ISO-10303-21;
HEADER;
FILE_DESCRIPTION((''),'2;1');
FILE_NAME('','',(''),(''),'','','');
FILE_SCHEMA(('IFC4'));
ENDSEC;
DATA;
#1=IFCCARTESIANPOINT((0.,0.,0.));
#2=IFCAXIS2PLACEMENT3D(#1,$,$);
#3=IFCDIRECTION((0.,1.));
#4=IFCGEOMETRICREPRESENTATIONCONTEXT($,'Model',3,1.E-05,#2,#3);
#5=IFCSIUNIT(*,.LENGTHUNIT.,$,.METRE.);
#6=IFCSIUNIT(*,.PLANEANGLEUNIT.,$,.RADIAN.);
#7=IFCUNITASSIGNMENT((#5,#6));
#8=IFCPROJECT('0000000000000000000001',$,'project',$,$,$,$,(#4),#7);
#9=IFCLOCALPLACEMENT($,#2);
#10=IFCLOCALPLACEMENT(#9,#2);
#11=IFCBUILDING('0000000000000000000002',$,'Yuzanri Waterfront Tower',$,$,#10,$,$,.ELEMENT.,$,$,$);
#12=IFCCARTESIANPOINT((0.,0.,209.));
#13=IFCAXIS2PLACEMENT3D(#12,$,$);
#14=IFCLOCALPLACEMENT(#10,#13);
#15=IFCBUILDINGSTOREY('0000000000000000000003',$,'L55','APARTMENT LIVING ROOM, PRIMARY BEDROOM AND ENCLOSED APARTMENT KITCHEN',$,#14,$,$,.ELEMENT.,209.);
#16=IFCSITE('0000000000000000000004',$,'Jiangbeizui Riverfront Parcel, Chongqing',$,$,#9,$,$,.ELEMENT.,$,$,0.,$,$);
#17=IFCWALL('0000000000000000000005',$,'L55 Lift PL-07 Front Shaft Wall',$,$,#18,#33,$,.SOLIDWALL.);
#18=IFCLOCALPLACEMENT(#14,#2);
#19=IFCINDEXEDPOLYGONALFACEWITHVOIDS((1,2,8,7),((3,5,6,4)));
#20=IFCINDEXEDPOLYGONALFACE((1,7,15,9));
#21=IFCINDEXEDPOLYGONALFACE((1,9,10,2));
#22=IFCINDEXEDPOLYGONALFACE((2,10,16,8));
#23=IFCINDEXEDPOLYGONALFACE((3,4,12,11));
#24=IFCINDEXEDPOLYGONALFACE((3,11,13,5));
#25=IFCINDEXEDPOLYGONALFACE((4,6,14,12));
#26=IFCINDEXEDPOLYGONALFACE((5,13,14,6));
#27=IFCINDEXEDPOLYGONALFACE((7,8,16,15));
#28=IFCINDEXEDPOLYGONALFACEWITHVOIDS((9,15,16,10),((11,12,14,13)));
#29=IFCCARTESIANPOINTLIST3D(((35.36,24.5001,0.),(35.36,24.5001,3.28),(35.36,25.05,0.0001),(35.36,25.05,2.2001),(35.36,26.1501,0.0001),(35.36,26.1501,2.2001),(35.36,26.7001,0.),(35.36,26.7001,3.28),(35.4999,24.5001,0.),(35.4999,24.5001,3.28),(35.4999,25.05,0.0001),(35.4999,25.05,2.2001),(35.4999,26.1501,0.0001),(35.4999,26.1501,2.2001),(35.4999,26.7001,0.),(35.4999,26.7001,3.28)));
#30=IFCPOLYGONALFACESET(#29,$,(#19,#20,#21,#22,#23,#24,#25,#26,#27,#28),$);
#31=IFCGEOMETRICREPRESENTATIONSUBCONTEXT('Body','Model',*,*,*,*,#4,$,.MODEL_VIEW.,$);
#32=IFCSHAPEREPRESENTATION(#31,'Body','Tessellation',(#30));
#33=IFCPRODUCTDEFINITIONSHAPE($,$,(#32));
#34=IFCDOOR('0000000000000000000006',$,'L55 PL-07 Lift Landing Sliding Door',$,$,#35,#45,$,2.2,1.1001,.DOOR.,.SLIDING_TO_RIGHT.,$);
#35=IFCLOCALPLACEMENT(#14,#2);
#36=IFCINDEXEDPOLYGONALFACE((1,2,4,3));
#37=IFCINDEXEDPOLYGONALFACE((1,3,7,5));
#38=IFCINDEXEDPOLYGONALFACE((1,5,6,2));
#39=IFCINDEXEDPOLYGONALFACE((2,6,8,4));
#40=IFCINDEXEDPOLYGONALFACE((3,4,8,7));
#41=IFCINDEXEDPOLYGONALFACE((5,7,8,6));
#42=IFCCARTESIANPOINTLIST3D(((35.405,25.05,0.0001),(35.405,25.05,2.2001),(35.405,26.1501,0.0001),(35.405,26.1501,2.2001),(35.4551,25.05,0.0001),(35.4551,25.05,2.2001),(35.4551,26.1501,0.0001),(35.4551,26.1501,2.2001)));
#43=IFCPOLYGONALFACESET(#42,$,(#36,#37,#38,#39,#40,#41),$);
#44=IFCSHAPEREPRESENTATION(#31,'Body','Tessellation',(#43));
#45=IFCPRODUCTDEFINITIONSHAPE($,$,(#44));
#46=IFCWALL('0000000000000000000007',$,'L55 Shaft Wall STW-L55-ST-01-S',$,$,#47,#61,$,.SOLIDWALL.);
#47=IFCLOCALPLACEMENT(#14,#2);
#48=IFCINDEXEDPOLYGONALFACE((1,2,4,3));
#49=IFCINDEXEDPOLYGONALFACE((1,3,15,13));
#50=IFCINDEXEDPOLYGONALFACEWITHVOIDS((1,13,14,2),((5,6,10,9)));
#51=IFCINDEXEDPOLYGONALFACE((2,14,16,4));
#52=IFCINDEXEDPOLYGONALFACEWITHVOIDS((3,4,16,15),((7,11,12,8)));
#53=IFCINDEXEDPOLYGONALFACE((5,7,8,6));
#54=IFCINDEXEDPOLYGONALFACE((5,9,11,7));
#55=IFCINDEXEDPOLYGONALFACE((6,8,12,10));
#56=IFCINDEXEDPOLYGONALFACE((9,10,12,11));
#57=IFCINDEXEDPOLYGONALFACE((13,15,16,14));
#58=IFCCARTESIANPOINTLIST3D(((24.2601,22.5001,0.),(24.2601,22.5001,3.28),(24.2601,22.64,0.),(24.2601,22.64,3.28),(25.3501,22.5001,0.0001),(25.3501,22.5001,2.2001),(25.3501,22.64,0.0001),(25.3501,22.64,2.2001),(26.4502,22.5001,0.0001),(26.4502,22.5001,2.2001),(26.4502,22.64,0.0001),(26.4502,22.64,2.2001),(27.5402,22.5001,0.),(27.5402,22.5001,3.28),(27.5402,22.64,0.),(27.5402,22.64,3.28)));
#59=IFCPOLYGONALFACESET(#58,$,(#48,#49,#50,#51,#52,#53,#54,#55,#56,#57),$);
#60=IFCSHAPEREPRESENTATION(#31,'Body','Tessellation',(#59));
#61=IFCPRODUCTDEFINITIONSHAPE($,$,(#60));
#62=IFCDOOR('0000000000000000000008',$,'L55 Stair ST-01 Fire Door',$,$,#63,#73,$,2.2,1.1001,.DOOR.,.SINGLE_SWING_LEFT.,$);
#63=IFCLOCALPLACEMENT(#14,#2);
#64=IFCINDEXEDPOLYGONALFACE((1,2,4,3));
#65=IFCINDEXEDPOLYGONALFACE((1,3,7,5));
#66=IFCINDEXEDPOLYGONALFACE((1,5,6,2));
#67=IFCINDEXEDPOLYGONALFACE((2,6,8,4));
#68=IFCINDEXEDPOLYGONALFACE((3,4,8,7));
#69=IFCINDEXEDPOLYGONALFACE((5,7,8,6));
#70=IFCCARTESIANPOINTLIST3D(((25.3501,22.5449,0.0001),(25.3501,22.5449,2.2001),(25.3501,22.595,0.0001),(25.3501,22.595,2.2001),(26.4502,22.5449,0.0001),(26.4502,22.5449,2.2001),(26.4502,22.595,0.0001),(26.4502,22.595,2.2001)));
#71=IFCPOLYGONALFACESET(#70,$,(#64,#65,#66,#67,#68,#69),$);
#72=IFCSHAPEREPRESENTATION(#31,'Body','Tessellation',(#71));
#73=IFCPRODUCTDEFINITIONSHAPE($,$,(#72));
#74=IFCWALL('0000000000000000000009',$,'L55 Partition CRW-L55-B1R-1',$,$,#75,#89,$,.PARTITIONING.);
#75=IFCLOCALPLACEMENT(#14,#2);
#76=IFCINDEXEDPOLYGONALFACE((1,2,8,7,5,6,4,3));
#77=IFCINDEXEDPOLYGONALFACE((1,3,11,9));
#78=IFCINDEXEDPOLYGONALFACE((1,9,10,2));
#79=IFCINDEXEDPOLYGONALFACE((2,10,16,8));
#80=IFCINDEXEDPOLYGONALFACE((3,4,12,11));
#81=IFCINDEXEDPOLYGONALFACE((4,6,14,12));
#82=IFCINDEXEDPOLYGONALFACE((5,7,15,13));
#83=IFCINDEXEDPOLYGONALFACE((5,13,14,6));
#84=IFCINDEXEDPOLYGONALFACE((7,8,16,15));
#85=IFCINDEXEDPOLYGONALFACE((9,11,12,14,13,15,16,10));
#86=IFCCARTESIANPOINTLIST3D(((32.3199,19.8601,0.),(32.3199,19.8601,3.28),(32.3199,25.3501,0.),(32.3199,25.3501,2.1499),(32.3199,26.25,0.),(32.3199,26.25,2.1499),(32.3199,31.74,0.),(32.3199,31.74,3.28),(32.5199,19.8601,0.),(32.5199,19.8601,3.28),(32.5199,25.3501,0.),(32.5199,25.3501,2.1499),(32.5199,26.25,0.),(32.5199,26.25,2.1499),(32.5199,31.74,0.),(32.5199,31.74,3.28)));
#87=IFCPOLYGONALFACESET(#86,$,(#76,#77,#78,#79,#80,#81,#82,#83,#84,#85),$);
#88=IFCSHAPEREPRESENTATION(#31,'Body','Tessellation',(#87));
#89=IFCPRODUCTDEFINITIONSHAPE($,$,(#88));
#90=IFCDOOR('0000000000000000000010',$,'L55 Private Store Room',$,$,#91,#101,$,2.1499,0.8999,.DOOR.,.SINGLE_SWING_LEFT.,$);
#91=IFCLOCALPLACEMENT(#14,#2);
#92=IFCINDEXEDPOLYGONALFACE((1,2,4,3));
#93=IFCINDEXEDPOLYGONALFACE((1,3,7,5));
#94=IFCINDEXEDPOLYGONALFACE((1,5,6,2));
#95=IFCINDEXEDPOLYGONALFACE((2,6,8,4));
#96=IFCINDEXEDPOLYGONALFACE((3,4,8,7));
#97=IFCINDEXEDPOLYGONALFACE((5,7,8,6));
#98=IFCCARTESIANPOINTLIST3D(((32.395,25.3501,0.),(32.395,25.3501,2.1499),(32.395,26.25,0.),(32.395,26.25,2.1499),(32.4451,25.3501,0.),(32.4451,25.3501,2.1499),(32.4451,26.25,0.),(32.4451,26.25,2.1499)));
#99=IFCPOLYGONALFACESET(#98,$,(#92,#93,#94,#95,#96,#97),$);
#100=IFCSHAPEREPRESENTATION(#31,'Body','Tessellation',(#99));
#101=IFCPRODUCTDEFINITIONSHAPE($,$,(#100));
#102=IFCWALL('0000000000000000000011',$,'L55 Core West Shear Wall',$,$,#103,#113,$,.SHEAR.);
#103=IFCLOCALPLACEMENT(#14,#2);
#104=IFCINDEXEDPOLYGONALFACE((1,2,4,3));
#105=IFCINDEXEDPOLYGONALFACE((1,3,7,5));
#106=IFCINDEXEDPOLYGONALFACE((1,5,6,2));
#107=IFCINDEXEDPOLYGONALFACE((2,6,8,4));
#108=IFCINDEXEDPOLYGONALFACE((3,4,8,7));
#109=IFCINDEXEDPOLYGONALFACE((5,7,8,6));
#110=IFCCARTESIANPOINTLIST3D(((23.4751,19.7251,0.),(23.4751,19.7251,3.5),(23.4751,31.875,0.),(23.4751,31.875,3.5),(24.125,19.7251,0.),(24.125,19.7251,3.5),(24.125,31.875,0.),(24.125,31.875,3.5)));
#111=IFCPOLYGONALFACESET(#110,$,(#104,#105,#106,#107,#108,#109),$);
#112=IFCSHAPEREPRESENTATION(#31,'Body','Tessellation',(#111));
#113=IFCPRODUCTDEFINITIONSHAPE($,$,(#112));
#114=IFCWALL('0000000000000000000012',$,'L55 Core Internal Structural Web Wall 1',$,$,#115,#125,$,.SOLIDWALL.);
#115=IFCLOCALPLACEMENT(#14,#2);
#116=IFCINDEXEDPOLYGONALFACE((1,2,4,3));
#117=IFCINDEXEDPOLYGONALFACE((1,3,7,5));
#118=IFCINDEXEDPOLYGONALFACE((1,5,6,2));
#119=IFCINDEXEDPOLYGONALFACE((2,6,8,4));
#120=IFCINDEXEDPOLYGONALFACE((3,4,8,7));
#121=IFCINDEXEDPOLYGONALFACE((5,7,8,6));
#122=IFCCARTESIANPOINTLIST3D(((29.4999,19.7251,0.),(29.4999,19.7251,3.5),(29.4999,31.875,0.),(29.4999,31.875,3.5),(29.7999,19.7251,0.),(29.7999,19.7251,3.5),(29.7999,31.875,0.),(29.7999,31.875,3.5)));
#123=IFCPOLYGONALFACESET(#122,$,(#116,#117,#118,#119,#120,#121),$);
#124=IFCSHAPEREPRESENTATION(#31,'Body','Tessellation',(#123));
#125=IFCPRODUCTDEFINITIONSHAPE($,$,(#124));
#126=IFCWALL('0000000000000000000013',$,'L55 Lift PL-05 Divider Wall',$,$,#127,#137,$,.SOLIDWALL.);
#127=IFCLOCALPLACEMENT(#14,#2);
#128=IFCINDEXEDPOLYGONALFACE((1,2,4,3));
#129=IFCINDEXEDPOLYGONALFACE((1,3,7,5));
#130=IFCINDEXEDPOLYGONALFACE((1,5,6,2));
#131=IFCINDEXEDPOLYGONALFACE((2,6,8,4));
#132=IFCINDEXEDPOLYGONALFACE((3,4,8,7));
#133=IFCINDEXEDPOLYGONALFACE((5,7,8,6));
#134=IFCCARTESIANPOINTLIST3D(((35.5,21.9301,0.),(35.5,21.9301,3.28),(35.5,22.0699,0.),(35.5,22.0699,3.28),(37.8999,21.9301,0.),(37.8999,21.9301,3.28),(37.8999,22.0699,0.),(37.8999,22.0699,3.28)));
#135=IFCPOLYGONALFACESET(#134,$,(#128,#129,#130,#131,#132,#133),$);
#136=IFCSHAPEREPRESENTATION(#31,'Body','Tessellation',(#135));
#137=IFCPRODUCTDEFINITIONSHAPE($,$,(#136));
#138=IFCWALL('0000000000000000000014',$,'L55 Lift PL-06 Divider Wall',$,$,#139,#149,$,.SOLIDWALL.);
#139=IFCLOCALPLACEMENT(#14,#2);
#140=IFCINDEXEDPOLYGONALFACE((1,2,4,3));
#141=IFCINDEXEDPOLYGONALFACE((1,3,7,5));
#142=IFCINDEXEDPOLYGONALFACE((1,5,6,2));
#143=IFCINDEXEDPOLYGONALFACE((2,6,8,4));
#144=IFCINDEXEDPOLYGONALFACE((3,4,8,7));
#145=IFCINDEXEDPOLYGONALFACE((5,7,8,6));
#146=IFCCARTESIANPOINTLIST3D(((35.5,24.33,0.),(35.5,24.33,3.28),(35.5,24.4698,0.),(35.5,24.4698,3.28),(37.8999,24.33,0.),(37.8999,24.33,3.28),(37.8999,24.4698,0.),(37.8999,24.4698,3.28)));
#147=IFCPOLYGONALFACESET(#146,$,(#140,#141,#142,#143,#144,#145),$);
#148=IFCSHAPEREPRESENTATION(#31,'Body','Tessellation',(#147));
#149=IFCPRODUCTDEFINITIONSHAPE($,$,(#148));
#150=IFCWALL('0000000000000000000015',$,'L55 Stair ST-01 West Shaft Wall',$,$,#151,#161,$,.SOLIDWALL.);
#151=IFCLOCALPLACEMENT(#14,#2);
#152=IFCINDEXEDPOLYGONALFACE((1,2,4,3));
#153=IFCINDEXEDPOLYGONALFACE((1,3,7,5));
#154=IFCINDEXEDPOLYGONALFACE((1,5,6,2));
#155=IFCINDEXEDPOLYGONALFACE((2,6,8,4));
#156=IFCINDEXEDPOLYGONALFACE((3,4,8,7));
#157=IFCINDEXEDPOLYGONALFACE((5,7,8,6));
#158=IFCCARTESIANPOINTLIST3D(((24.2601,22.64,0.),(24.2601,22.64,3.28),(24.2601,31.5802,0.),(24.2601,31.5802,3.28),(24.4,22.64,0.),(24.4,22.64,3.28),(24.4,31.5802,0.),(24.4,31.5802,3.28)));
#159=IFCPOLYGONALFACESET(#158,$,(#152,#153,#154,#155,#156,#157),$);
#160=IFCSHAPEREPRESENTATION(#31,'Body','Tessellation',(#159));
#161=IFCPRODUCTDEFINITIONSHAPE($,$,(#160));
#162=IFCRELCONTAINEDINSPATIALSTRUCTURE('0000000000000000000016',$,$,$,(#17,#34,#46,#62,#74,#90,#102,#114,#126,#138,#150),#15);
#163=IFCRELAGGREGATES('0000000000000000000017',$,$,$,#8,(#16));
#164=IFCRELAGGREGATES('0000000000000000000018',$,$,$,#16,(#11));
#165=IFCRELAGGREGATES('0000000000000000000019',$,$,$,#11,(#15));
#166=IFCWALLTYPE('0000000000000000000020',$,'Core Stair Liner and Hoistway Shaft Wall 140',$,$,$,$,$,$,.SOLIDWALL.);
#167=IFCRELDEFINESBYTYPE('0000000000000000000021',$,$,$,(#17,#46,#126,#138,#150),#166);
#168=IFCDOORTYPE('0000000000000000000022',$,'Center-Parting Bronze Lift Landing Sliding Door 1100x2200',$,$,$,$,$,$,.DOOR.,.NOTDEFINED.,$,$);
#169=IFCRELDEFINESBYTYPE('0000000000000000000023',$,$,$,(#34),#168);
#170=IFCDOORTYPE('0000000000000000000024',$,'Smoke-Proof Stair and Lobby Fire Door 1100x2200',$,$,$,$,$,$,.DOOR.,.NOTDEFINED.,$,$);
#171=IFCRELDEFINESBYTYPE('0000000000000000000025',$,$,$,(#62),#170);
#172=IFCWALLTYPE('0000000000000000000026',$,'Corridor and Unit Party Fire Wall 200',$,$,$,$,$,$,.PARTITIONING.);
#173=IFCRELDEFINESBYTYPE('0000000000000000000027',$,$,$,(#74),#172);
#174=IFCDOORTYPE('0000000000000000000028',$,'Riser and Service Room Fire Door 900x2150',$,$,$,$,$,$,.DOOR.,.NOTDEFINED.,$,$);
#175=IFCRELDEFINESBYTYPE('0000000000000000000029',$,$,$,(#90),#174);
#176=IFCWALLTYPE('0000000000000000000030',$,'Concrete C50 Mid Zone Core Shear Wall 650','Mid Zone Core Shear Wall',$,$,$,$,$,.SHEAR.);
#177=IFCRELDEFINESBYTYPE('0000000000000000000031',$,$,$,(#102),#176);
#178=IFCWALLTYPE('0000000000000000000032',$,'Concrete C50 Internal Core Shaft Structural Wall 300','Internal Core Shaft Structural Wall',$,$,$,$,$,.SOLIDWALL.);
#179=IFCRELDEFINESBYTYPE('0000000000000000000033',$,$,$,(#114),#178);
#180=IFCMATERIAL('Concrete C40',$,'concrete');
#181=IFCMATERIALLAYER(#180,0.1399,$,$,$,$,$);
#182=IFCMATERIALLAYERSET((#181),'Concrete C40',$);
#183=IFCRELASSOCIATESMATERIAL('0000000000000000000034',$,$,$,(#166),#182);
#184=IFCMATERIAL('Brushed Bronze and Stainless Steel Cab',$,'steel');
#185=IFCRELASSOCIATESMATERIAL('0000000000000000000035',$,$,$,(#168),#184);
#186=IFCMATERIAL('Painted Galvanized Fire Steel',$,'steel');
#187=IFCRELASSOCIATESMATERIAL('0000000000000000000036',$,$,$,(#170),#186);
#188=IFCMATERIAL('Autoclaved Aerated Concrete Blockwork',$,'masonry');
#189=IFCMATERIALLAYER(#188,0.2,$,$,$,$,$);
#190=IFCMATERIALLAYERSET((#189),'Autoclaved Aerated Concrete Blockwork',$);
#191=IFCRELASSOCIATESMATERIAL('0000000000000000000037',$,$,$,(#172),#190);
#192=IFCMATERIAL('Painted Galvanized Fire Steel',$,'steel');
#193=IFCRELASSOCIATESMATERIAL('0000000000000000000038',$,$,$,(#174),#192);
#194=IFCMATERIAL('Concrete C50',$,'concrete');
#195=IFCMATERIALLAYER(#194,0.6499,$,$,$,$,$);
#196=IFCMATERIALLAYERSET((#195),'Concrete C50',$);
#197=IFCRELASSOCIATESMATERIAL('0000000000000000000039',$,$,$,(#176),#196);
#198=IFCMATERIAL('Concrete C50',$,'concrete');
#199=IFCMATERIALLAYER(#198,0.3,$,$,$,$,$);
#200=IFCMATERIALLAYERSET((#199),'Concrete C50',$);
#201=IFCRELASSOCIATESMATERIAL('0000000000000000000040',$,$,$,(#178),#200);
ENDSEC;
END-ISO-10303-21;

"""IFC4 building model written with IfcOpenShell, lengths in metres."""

from ifc_helpers import new_model, si_unit, direction, frame, frame_2d, origin, place, context, subcontext, project, spatial, rectangle, extrude, source, transform, mapped, material, layer, layer_set, type_object, element, fill, save


model = new_model("IFC4")

# Units and contexts
model_context = context("Model", 3, precision=1e-05, world=origin(), true_north=direction((0.0, 1.0)))
body_context = subcontext(model_context, "Body", "Model", "MODEL_VIEW")
ifc_project = project(units=[si_unit("LENGTHUNIT", "METRE"), si_unit("PLANEANGLEUNIT", "RADIAN")], contexts=[model_context])

# Site, building, storey
site_placement = place(None, origin())
site = spatial("IfcSite", under=ifc_project, at=site_placement, Name="Jiangbeizui Riverfront Parcel, Chongqing", CompositionType="ELEMENT", RefElevation=0.0)
building_placement = place(site_placement, origin())
building = spatial("IfcBuilding", under=site, at=building_placement, Name="Yuzanri Waterfront Tower", CompositionType="ELEMENT")
storey_placement = place(building_placement, frame((0.0, 0.0, 209.0)))
storey = spatial("IfcBuildingStorey", under=building, at=storey_placement, Name="L55", Description="APARTMENT LIVING ROOM, PRIMARY BEDROOM AND ENCLOSED APARTMENT KITCHEN", CompositionType="ELEMENT", Elevation=209.0)

# Walls, openings, doors
ifc_material_1 = material(Name="Concrete C40", Category="concrete")
ifc_layer_1 = layer(ifc_material_1, 0.1399)
ifc_layer_set_1 = layer_set([ifc_layer_1], Name="Concrete C40")
wall_type_1 = type_object("IfcWallType", Name="Core Stair Liner and Hoistway Shaft Wall 140", PredefinedType="SOLIDWALL", material=ifc_layer_set_1)
ifc_material_2 = material(Name="Brushed Bronze and Stainless Steel Cab", Category="steel")
door_type_1 = type_object("IfcDoorType", Name="Center-Parting Bronze Lift Landing Sliding Door 1100x2200", OperationType="NOTDEFINED", PredefinedType="DOOR", material=ifc_material_2)
shared_shape_1 = source(origin(), body_context, "Body", "SweptSolid", [
    extrude(rectangle(XDim=1.1001, YDim=2.2, at=frame_2d((0.55, 1.1001))), frame((0.0, 0.0249, 0.0), z_axis=(0.0, -1.0, 0.0), x_axis=(1.0, 0.0, 0.0)), (0.0, 0.0, 1.0), 0.05),
])
wall_1_placement = place(storey_placement, frame((35.4299, 24.5, 0.0), z_axis=(0.0, 0.0, 1.0), x_axis=(0.0, 1.0, 0.0)))
wall_1 = element("IfcWall", 1, at=wall_1_placement, inside=storey, type_object=wall_type_1, Name="L55 Lift PL-07 Front Shaft Wall", PredefinedType="SOLIDWALL", context=body_context, shape_type="SweptSolid", body=[
    extrude(rectangle(XDim=2.2, YDim=0.1399, at=frame_2d((1.1001, 0.0))), origin(), (0.0, 0.0, 1.0), 3.28),
])
opening_1_placement = place(wall_1_placement, frame((0.55, 0.0, 0.0)))
opening_1 = element("IfcOpeningElement", 2, at=opening_1_placement, cuts=wall_1, PredefinedType="OPENING", context=body_context, shape_type="SweptSolid", body=[
    extrude(rectangle(XDim=1.1001, YDim=2.2, at=frame_2d((0.55, 1.1001))), frame((0.0, 0.085, 0.0), z_axis=(0.0, -1.0, 0.0), x_axis=(1.0, 0.0, 0.0)), (0.0, 0.0, 1.0), 0.1697),
])
door_1_placement = place(opening_1_placement, origin())
door_1 = element("IfcDoor", 3, at=door_1_placement, inside=storey, type_object=door_type_1, Name="L55 PL-07 Lift Landing Sliding Door", OperationType="SLIDING_TO_RIGHT", OverallHeight=2.2, OverallWidth=1.1001, PredefinedType="DOOR", context=body_context, shape_type="MappedRepresentation", body=[
    mapped(shared_shape_1, transform((0.0, 0.0, 0.0), scale=1.0)),
])
fill(opening_1, door_1)
wall_2_placement = place(storey_placement, frame((24.26, 22.5701, 0.0), z_axis=(0.0, 0.0, 1.0), x_axis=(1.0, 0.0, 0.0)))
wall_2 = element("IfcWall", 4, at=wall_2_placement, inside=storey, type_object=wall_type_1, Name="L55 Shaft Wall STW-L55-ST-01-S", PredefinedType="SOLIDWALL", context=body_context, shape_type="SweptSolid", body=[
    extrude(rectangle(XDim=3.28, YDim=0.1399, at=frame_2d((1.6401, 0.0))), origin(), (0.0, 0.0, 1.0), 3.28),
])
opening_2_placement = place(wall_2_placement, frame((1.0901, 0.0, 0.0)))
opening_2 = element("IfcOpeningElement", 5, at=opening_2_placement, cuts=wall_2, PredefinedType="OPENING", context=body_context, shape_type="SweptSolid", body=[
    extrude(rectangle(XDim=1.1001, YDim=2.2, at=frame_2d((0.55, 1.1001))), frame((0.0, 0.085, 0.0), z_axis=(0.0, -1.0, 0.0), x_axis=(1.0, 0.0, 0.0)), (0.0, 0.0, 1.0), 0.1697),
])
ifc_material_3 = material(Name="Painted Galvanized Fire Steel", Category="steel")
door_type_2 = type_object("IfcDoorType", Name="Smoke-Proof Stair and Lobby Fire Door 1100x2200", OperationType="NOTDEFINED", PredefinedType="DOOR", material=ifc_material_3)
shared_shape_2 = source(origin(), body_context, "Body", "SweptSolid", [
    extrude(rectangle(XDim=1.1001, YDim=2.2, at=frame_2d((0.55, 1.1001))), frame((0.0, 0.0249, 0.0), z_axis=(0.0, -1.0, 0.0), x_axis=(1.0, 0.0, 0.0)), (0.0, 0.0, 1.0), 0.05),
])
door_2_placement = place(opening_2_placement, origin())
door_2 = element("IfcDoor", 6, at=door_2_placement, inside=storey, type_object=door_type_2, Name="L55 Stair ST-01 Fire Door", OperationType="SINGLE_SWING_LEFT", OverallHeight=2.2, OverallWidth=1.1001, PredefinedType="DOOR", context=body_context, shape_type="MappedRepresentation", body=[
    mapped(shared_shape_2, transform((0.0, 0.0, 0.0), scale=1.0)),
])
fill(opening_2, door_2)
ifc_material_4 = material(Name="Autoclaved Aerated Concrete Blockwork", Category="masonry")
ifc_layer_2 = layer(ifc_material_4, 0.2)
ifc_layer_set_2 = layer_set([ifc_layer_2], Name="Autoclaved Aerated Concrete Blockwork")
wall_type_2 = type_object("IfcWallType", Name="Corridor and Unit Party Fire Wall 200", PredefinedType="PARTITIONING", material=ifc_layer_set_2)
wall_3_placement = place(storey_placement, frame((32.4199, 19.8601, 0.0), z_axis=(0.0, 0.0, 1.0), x_axis=(0.0, 1.0, 0.0)))
wall_3 = element("IfcWall", 7, at=wall_3_placement, inside=storey, type_object=wall_type_2, Name="L55 Partition CRW-L55-B1R-1", PredefinedType="PARTITIONING", context=body_context, shape_type="SweptSolid", body=[
    extrude(rectangle(XDim=11.8799, YDim=0.2, at=frame_2d((5.9399, 0.0))), origin(), (0.0, 0.0, 1.0), 3.28),
])
opening_3_placement = place(wall_3_placement, frame((5.49, 0.0, 0.0)))
opening_3 = element("IfcOpeningElement", 8, at=opening_3_placement, cuts=wall_3, PredefinedType="OPENING", context=body_context, shape_type="SweptSolid", body=[
    extrude(rectangle(XDim=0.8999, YDim=2.1499, at=frame_2d((0.45, 1.075))), frame((0.0, 0.1147, 0.0), z_axis=(0.0, -1.0, 0.0), x_axis=(1.0, 0.0, 0.0)), (0.0, 0.0, 1.0), 0.2297),
])
ifc_material_5 = material(Name="Painted Galvanized Fire Steel", Category="steel")
door_type_3 = type_object("IfcDoorType", Name="Riser and Service Room Fire Door 900x2150", OperationType="NOTDEFINED", PredefinedType="DOOR", material=ifc_material_5)
shared_shape_3 = source(origin(), body_context, "Body", "SweptSolid", [
    extrude(rectangle(XDim=0.8999, YDim=2.1499, at=frame_2d((0.45, 1.075))), frame((0.0, 0.0249, 0.0), z_axis=(0.0, -1.0, 0.0), x_axis=(1.0, 0.0, 0.0)), (0.0, 0.0, 1.0), 0.05),
])
door_3_placement = place(opening_3_placement, origin())
door_3 = element("IfcDoor", 9, at=door_3_placement, inside=storey, type_object=door_type_3, Name="L55 Private Store Room", OperationType="SINGLE_SWING_LEFT", OverallHeight=2.1499, OverallWidth=0.8999, PredefinedType="DOOR", context=body_context, shape_type="MappedRepresentation", body=[
    mapped(shared_shape_3, transform((0.0, 0.0, 0.0), scale=1.0)),
])
fill(opening_3, door_3)

# Walls
ifc_material_6 = material(Name="Concrete C50", Category="concrete")
ifc_layer_3 = layer(ifc_material_6, 0.6499)
ifc_layer_set_3 = layer_set([ifc_layer_3], Name="Concrete C50")
wall_type_3 = type_object("IfcWallType", Name="Concrete C50 Mid Zone Core Shear Wall 650", Description="Mid Zone Core Shear Wall", PredefinedType="SHEAR", material=ifc_layer_set_3)
shared_shape_4 = source(origin(), body_context, "Body", "SweptSolid", [
    extrude(rectangle(XDim=12.1499, YDim=0.6499, at=frame_2d((6.075, 0.0))), origin(), (0.0, 0.0, 1.0), 3.5),
])
wall_4_placement = place(storey_placement, frame((23.8, 19.7251, 0.0), z_axis=(0.0, 0.0, 1.0), x_axis=(0.0, 1.0, 0.0)))
element("IfcWall", 10, at=wall_4_placement, inside=storey, type_object=wall_type_3, Name="L55 Core West Shear Wall", PredefinedType="SHEAR", context=body_context, shape_type="MappedRepresentation", body=[
    mapped(shared_shape_4, transform((0.0, 0.0, 0.0), scale=1.0)),
])
ifc_material_7 = material(Name="Concrete C50", Category="concrete")
ifc_layer_4 = layer(ifc_material_7, 0.3)
ifc_layer_set_4 = layer_set([ifc_layer_4], Name="Concrete C50")
wall_type_4 = type_object("IfcWallType", Name="Concrete C50 Internal Core Shaft Structural Wall 300", Description="Internal Core Shaft Structural Wall", PredefinedType="SOLIDWALL", material=ifc_layer_set_4)
shared_shape_5 = source(origin(), body_context, "Body", "SweptSolid", [
    extrude(rectangle(XDim=12.1499, YDim=0.3, at=frame_2d((6.075, 0.0))), origin(), (0.0, 0.0, 1.0), 3.5),
])
wall_5_placement = place(storey_placement, frame((29.6499, 19.7251, 0.0), z_axis=(0.0, 0.0, 1.0), x_axis=(0.0, 1.0, 0.0)))
element("IfcWall", 11, at=wall_5_placement, inside=storey, type_object=wall_type_4, Name="L55 Core Internal Structural Web Wall 1", PredefinedType="SOLIDWALL", context=body_context, shape_type="MappedRepresentation", body=[
    mapped(shared_shape_5, transform((0.0, 0.0, 0.0), scale=1.0)),
])
shared_shape_6 = source(origin(), body_context, "Body", "SweptSolid", [
    extrude(rectangle(XDim=2.3999, YDim=0.1399, at=frame_2d((1.2, 0.0))), origin(), (0.0, 0.0, 1.0), 3.28),
])
for number, where, z_axis, x_axis, name in (
    (12, (35.5, 22.0, 0.0), (0.0, 0.0, 1.0), (1.0, 0.0, 0.0), "L55 Lift PL-05 Divider Wall"),
    (13, (35.5, 24.3999, 0.0), (0.0, 0.0, 1.0), (1.0, 0.0, 0.0), "L55 Lift PL-06 Divider Wall"),
):
    element("IfcWall", number, at=place(storey_placement, frame(where, z_axis=z_axis, x_axis=x_axis)), inside=storey, type_object=wall_type_1, Name=name, PredefinedType="SOLIDWALL", context=body_context, shape_type="MappedRepresentation", body=[
        mapped(shared_shape_6, transform((0.0, 0.0, 0.0), scale=1.0)),
    ])
shared_shape_7 = source(origin(), body_context, "Body", "SweptSolid", [
    extrude(rectangle(XDim=8.9402, YDim=0.1399, at=frame_2d((4.4702, 0.0))), origin(), (0.0, 0.0, 1.0), 3.28),
])
for number, where, z_axis, x_axis, name in (
    (14, (24.3301, 22.6399, 0.0), (0.0, 0.0, 1.0), (0.0, 1.0, 0.0), "L55 Stair ST-01 West Shaft Wall"),
):
    element("IfcWall", number, at=place(storey_placement, frame(where, z_axis=z_axis, x_axis=x_axis)), inside=storey, type_object=wall_type_1, Name=name, PredefinedType="SOLIDWALL", context=body_context, shape_type="MappedRepresentation", body=[
        mapped(shared_shape_7, transform((0.0, 0.0, 0.0), scale=1.0)),
    ])

save(model, "model.ifc")
